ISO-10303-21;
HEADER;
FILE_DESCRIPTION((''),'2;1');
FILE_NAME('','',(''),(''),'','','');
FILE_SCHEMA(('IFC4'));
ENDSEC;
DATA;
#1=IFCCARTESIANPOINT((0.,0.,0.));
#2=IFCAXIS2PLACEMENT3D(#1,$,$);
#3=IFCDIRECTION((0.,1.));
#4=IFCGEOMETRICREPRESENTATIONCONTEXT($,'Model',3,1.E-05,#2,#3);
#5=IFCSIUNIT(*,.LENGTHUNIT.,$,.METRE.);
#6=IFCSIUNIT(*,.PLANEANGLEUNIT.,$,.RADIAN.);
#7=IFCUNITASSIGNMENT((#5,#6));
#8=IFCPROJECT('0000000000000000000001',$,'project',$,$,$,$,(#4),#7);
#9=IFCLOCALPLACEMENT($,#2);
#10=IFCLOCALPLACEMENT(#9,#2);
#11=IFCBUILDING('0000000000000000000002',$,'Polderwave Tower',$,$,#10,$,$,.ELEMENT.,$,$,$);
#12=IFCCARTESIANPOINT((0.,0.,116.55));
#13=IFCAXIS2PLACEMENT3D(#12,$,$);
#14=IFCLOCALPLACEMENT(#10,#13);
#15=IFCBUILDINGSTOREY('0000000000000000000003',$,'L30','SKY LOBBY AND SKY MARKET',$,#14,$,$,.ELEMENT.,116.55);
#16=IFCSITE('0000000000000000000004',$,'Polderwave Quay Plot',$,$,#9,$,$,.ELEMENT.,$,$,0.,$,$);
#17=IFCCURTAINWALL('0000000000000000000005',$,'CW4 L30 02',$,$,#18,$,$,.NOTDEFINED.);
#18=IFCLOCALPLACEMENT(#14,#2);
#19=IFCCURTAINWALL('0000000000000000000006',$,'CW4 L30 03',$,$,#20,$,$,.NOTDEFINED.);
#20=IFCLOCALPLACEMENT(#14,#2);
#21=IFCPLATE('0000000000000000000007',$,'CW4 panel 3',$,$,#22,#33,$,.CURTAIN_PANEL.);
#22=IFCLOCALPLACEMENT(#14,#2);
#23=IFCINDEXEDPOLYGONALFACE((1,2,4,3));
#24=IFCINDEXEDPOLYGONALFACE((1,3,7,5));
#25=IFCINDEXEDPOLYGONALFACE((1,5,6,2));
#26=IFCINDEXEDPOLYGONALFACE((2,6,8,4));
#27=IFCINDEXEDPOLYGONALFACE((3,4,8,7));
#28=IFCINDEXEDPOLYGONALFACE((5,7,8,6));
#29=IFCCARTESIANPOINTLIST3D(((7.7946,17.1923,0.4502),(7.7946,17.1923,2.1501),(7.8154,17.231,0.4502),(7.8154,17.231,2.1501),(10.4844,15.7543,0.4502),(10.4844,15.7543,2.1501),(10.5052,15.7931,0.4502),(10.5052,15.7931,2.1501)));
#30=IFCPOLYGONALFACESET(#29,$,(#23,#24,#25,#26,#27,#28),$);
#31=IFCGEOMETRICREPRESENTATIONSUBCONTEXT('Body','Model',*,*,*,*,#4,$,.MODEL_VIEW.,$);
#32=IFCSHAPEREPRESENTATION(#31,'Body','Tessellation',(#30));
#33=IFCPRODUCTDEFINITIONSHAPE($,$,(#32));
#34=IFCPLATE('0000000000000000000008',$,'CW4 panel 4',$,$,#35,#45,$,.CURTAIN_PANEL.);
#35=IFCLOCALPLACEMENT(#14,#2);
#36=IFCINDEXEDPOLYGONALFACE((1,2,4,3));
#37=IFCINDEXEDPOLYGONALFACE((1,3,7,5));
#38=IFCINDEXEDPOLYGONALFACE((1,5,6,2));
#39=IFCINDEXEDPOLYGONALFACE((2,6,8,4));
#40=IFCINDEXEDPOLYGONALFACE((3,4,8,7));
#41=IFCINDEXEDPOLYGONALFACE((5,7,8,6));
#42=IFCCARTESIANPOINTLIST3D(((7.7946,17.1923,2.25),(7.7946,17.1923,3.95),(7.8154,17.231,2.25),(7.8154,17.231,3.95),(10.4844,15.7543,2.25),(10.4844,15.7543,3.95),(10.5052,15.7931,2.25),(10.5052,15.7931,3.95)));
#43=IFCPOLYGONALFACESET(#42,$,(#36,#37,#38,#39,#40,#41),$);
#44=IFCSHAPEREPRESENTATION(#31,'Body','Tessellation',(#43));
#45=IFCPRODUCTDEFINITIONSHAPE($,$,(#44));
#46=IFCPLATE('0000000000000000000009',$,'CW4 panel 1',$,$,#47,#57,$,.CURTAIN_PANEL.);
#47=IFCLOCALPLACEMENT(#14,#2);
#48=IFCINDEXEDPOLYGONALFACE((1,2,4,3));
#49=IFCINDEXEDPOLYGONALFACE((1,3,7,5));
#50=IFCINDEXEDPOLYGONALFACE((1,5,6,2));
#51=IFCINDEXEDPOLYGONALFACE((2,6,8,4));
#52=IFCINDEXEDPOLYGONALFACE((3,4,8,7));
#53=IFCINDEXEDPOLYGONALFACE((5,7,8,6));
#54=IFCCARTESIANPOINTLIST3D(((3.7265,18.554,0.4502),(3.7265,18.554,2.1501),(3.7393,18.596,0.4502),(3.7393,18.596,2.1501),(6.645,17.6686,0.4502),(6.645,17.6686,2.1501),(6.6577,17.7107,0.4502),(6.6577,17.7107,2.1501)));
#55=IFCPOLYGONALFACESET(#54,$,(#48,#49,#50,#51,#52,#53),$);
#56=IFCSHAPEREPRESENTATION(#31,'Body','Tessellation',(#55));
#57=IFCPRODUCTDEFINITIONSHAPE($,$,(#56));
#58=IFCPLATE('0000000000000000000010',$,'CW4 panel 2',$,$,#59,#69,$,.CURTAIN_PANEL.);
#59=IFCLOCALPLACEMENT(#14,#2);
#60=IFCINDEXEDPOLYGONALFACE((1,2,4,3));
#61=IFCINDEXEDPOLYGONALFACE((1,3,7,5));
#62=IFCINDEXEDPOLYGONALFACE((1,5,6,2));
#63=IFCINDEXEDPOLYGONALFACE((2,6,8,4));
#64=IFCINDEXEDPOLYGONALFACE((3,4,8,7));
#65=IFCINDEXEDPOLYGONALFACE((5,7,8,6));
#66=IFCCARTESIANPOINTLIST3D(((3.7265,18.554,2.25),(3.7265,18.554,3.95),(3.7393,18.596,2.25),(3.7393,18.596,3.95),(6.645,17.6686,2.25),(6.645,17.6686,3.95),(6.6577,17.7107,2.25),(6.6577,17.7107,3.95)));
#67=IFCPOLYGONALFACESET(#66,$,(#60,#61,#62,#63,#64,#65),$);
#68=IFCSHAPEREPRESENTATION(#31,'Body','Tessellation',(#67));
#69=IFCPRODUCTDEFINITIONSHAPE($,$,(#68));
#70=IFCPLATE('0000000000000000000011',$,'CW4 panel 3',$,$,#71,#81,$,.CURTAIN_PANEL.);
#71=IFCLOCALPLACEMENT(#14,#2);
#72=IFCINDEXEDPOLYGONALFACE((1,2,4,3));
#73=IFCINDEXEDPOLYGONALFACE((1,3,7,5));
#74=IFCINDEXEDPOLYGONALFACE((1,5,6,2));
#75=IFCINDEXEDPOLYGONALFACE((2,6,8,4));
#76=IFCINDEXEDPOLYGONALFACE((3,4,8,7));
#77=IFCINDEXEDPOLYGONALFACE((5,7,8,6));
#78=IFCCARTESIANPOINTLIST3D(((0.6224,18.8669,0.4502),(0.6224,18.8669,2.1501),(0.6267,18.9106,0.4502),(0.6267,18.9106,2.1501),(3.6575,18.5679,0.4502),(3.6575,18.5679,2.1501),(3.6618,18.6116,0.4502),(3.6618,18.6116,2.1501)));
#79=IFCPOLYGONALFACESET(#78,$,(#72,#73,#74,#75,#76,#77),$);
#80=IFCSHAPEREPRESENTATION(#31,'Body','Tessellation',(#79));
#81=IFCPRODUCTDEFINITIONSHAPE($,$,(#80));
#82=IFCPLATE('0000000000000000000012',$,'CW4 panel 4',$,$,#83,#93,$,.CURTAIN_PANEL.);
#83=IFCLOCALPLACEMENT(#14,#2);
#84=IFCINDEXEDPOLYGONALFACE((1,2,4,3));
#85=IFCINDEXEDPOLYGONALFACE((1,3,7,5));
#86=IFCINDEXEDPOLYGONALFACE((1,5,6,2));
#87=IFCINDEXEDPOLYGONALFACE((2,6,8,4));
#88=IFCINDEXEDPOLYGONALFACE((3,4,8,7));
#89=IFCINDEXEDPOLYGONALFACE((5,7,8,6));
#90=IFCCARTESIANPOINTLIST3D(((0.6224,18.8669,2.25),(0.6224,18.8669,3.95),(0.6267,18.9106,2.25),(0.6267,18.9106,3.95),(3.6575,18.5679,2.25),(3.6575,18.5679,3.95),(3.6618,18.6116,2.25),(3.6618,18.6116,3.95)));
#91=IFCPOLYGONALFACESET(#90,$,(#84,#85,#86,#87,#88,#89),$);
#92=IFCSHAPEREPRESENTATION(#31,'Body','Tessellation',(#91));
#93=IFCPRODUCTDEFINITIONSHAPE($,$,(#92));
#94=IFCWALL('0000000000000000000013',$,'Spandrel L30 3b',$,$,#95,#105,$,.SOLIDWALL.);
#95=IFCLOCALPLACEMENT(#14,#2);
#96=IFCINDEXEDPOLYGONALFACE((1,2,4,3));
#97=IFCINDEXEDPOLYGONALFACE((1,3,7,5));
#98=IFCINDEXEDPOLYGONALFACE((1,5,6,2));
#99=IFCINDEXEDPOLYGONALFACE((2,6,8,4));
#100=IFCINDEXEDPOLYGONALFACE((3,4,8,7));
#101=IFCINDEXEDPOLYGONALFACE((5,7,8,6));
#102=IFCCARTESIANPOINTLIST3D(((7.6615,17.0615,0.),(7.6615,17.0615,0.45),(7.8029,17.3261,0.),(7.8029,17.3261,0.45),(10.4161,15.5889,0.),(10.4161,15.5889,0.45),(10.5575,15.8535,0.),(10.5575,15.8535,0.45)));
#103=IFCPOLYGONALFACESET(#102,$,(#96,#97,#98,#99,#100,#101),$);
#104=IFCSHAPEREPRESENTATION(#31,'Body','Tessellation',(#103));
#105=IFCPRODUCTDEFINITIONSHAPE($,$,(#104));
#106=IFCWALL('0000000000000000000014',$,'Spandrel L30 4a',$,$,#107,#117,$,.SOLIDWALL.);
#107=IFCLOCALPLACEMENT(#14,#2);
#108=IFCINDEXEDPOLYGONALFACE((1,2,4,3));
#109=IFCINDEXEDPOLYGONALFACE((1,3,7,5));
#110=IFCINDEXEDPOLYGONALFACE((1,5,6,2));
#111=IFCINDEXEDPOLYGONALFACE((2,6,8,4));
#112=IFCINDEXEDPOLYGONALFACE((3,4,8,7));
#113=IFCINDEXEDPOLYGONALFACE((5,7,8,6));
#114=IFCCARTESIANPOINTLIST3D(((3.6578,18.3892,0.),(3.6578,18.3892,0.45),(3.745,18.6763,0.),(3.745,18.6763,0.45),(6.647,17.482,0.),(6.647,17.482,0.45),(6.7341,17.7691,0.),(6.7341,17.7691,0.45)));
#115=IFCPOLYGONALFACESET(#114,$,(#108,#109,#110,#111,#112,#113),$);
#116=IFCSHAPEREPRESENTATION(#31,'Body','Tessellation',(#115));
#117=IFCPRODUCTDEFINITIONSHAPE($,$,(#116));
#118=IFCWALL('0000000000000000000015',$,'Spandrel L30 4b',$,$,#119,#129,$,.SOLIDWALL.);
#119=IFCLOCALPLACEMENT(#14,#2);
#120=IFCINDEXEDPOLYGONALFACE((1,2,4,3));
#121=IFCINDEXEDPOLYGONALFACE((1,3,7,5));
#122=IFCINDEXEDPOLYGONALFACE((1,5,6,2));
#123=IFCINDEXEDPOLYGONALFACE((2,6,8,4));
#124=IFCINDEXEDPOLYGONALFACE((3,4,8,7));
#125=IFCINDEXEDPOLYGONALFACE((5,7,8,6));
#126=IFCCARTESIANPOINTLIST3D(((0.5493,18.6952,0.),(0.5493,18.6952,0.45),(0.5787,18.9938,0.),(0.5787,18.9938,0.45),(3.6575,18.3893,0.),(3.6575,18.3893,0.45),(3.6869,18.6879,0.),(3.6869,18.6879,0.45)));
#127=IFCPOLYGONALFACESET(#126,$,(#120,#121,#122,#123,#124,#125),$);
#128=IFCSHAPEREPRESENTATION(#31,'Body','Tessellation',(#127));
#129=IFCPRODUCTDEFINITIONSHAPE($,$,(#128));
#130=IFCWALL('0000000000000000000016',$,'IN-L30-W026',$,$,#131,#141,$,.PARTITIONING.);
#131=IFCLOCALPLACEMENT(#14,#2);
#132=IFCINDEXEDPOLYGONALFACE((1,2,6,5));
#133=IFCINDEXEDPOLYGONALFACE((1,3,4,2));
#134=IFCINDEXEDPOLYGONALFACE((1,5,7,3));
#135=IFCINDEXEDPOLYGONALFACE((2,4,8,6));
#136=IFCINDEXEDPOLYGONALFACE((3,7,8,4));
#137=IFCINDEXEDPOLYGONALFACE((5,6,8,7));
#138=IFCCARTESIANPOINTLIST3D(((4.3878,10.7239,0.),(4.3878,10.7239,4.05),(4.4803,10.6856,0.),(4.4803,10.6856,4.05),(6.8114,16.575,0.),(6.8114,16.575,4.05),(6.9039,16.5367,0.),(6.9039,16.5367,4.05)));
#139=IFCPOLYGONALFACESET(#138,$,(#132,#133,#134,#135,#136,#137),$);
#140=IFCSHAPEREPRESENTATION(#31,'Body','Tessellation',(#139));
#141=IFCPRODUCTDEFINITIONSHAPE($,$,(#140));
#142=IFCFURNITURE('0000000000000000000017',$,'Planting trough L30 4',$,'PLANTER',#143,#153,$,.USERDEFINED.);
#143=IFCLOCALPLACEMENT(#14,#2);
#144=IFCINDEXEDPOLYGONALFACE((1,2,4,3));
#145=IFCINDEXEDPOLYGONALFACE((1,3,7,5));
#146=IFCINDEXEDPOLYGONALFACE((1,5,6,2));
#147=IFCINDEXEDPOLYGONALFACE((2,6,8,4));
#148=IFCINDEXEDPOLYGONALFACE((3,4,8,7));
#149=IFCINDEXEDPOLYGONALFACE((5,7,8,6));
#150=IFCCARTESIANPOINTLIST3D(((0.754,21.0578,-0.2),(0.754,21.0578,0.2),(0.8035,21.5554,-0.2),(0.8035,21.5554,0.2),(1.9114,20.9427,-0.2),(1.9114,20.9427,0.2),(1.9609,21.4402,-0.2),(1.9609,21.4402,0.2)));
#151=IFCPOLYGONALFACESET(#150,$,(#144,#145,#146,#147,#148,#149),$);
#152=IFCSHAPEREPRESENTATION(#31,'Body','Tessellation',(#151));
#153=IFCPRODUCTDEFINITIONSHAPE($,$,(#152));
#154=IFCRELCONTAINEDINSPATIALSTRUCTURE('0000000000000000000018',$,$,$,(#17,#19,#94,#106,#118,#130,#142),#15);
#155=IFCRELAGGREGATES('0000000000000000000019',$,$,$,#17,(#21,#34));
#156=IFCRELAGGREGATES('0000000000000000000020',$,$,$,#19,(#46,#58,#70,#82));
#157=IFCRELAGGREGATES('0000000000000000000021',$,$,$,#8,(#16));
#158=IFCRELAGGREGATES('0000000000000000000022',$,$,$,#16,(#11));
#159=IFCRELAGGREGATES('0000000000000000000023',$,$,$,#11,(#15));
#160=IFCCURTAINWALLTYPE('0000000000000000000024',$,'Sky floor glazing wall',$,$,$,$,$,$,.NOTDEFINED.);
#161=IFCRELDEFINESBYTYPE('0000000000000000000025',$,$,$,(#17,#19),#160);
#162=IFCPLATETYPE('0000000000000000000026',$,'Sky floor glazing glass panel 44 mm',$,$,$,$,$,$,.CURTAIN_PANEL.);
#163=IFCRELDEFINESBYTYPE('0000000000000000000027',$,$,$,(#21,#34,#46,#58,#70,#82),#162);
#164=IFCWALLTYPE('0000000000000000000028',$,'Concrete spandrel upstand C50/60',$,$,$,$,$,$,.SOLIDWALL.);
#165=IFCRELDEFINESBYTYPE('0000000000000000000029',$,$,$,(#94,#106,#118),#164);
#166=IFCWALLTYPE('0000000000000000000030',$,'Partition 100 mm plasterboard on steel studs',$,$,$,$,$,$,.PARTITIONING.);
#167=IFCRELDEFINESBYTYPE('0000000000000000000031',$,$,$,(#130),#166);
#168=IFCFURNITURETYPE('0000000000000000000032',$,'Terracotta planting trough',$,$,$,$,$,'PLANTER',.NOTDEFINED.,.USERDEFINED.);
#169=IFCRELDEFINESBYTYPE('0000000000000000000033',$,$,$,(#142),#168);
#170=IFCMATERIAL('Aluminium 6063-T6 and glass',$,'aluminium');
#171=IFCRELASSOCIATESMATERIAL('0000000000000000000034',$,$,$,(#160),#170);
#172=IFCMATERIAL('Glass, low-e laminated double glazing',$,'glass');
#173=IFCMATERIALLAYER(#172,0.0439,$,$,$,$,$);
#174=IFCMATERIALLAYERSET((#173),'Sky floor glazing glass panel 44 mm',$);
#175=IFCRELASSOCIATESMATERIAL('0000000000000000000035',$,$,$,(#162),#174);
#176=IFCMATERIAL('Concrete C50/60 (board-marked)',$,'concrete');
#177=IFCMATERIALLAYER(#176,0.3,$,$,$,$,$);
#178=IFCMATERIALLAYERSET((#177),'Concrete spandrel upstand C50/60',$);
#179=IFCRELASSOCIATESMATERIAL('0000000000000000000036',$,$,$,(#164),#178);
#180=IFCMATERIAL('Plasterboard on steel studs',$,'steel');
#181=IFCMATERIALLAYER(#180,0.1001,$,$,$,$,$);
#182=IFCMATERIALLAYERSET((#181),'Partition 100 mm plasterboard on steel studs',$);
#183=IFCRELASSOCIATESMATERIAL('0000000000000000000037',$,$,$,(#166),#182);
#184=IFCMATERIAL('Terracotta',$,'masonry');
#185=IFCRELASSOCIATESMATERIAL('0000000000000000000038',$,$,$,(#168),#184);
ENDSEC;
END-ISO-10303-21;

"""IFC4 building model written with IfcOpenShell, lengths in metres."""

from ifc_helpers import new_model, si_unit, direction, frame, frame_2d, origin, origin_2d, place, context, subcontext, project, spatial, rectangle, extrude, material, layer, layer_set, type_object, element, aggregate, save


model = new_model("IFC4")

# Units and contexts
model_context = context("Model", 3, precision=1e-05, world=origin(), true_north=direction((0.0, 1.0)))
body_context = subcontext(model_context, "Body", "Model", "MODEL_VIEW")
ifc_project = project(units=[si_unit("LENGTHUNIT", "METRE"), si_unit("PLANEANGLEUNIT", "RADIAN")], contexts=[model_context])

# Site, building, storey
site_placement = place(None, origin())
site = spatial("IfcSite", under=ifc_project, at=site_placement, Name="Polderwave Quay Plot", CompositionType="ELEMENT", RefElevation=0.0)
building_placement = place(site_placement, origin())
building = spatial("IfcBuilding", under=site, at=building_placement, Name="Polderwave Tower", CompositionType="ELEMENT")
storey_placement = place(building_placement, frame((0.0, 0.0, 116.55)))
storey = spatial("IfcBuildingStorey", under=building, at=storey_placement, Name="L30", Description="SKY LOBBY AND SKY MARKET", CompositionType="ELEMENT", Elevation=116.55)

# Curtain wall
ifc_material_1 = material(Name="Aluminium 6063-T6 and glass", Category="aluminium")
curtain_wall_type = type_object("IfcCurtainWallType", Name="Sky floor glazing wall", PredefinedType="NOTDEFINED", material=ifc_material_1)
curtain_wall_1_placement = place(storey_placement, origin())
curtain_wall_1 = element("IfcCurtainWall", 1, at=curtain_wall_1_placement, inside=storey, type_object=curtain_wall_type, Name="CW4 L30 02", PredefinedType="NOTDEFINED")

# Curtain wall
curtain_wall_2_placement = place(storey_placement, origin())
curtain_wall_2 = element("IfcCurtainWall", 2, at=curtain_wall_2_placement, inside=storey, type_object=curtain_wall_type, Name="CW4 L30 03", PredefinedType="NOTDEFINED")

# Plates
ifc_material_2 = material(Name="Glass, low-e laminated double glazing", Category="glass")
ifc_layer_1 = layer(ifc_material_2, 0.0439)
ifc_layer_set_1 = layer_set([ifc_layer_1], Name="Sky floor glazing glass panel 44 mm")
plate_type = type_object("IfcPlateType", Name="Sky floor glazing glass panel 44 mm", PredefinedType="CURTAIN_PANEL", material=ifc_layer_set_1)
plate_1_placement = place(storey_placement, frame((9.1499, 16.4927, 0.4502), z_axis=(0.0, 0.0, 1.0), x_axis=(-0.881888, 0.471458, 0.0)))
plate_1 = element("IfcPlate", 3, at=plate_1_placement, type_object=plate_type, Name="CW4 panel 3", PredefinedType="CURTAIN_PANEL", context=body_context, shape_type="SweptSolid", body=[
    extrude(rectangle(XDim=3.05, YDim=0.0439, at=origin_2d()), origin(), (0.0, 0.0, 1.0), 1.7),
])
plate_2_placement = place(storey_placement, frame((9.1499, 16.4927, 2.25), z_axis=(0.0, 0.0, 1.0), x_axis=(-0.881888, 0.471458, 0.0)))
plate_2 = element("IfcPlate", 4, at=plate_2_placement, type_object=plate_type, Name="CW4 panel 4", PredefinedType="CURTAIN_PANEL", context=body_context, shape_type="SweptSolid", body=[
    extrude(rectangle(XDim=3.05, YDim=0.0439, at=origin_2d()), origin(), (0.0, 0.0, 1.0), 1.7),
])
aggregate(curtain_wall_1, [plate_1, plate_2])
plate_3_placement = place(storey_placement, frame((5.1921, 18.1323, 0.4502), z_axis=(0.0, 0.0, 1.0), x_axis=(-0.956934, 0.290306, 0.0)))
plate_3 = element("IfcPlate", 5, at=plate_3_placement, type_object=plate_type, Name="CW4 panel 1", PredefinedType="CURTAIN_PANEL", context=body_context, shape_type="SweptSolid", body=[
    extrude(rectangle(XDim=3.0498, YDim=0.0439, at=origin_2d()), origin(), (0.0, 0.0, 1.0), 1.7),
])
plate_4_placement = place(storey_placement, frame((5.1921, 18.1323, 2.25), z_axis=(0.0, 0.0, 1.0), x_axis=(-0.956934, 0.290306, 0.0)))
plate_4 = element("IfcPlate", 6, at=plate_4_placement, type_object=plate_type, Name="CW4 panel 2", PredefinedType="CURTAIN_PANEL", context=body_context, shape_type="SweptSolid", body=[
    extrude(rectangle(XDim=3.0498, YDim=0.0439, at=origin_2d()), origin(), (0.0, 0.0, 1.0), 1.7),
])
plate_5_placement = place(storey_placement, frame((2.1421, 18.7393, 0.4502), z_axis=(0.0, 0.0, 1.0), x_axis=(-0.995183, 0.098033, 0.0)))
plate_5 = element("IfcPlate", 7, at=plate_5_placement, type_object=plate_type, Name="CW4 panel 3", PredefinedType="CURTAIN_PANEL", context=body_context, shape_type="SweptSolid", body=[
    extrude(rectangle(XDim=3.0498, YDim=0.0439, at=origin_2d()), origin(), (0.0, 0.0, 1.0), 1.7),
])
plate_6_placement = place(storey_placement, frame((2.1421, 18.7393, 2.25), z_axis=(0.0, 0.0, 1.0), x_axis=(-0.995183, 0.098033, 0.0)))
plate_6 = element("IfcPlate", 8, at=plate_6_placement, type_object=plate_type, Name="CW4 panel 4", PredefinedType="CURTAIN_PANEL", context=body_context, shape_type="SweptSolid", body=[
    extrude(rectangle(XDim=3.0498, YDim=0.0439, at=origin_2d()), origin(), (0.0, 0.0, 1.0), 1.7),
])
aggregate(curtain_wall_2, [plate_3, plate_4, plate_5, plate_6])

# Walls
ifc_material_3 = material(Name="Concrete C50/60 (board-marked)", Category="concrete")
ifc_layer_2 = layer(ifc_material_3, 0.3)
ifc_layer_set_2 = layer_set([ifc_layer_2], Name="Concrete spandrel upstand C50/60")
wall_type_1 = type_object("IfcWallType", Name="Concrete spandrel upstand C50/60", PredefinedType="SOLIDWALL", material=ifc_layer_set_2)
wall_1_placement = place(storey_placement, frame((10.4868, 15.7212, 0.0), z_axis=(0.0, 0.0, 1.0), x_axis=(-0.881885, 0.471464, 0.0)))
element("IfcWall", 9, at=wall_1_placement, inside=storey, type_object=wall_type_1, Name="Spandrel L30 3b", PredefinedType="SOLIDWALL", context=body_context, shape_type="SweptSolid", body=[
    extrude(rectangle(XDim=3.1235, YDim=0.3, at=frame_2d((1.5618, 0.0))), origin(), (0.0, 0.0, 1.0), 0.45),
])
wall_2_placement = place(storey_placement, frame((6.6907, 17.6255, 0.0), z_axis=(0.0, 0.0, 1.0), x_axis=(-0.956901, 0.290415, 0.0)))
element("IfcWall", 10, at=wall_2_placement, inside=storey, type_object=wall_type_1, Name="Spandrel L30 4a", PredefinedType="SOLIDWALL", context=body_context, shape_type="SweptSolid", body=[
    extrude(rectangle(XDim=3.1238, YDim=0.3, at=frame_2d((1.562, 0.0))), origin(), (0.0, 0.0, 1.0), 0.45),
])
wall_3_placement = place(storey_placement, frame((3.6721, 18.5386, 0.0), z_axis=(0.0, 0.0, 1.0), x_axis=(-0.995192, 0.097948, 0.0)))
element("IfcWall", 11, at=wall_3_placement, inside=storey, type_object=wall_type_1, Name="Spandrel L30 4b", PredefinedType="SOLIDWALL", context=body_context, shape_type="SweptSolid", body=[
    extrude(rectangle(XDim=3.1233, YDim=0.3, at=frame_2d((1.5615, 0.0))), origin(), (0.0, 0.0, 1.0), 0.45),
])
ifc_material_4 = material(Name="Plasterboard on steel studs", Category="steel")
ifc_layer_3 = layer(ifc_material_4, 0.1001)
ifc_layer_set_3 = layer_set([ifc_layer_3], Name="Partition 100 mm plasterboard on steel studs")
wall_type_2 = type_object("IfcWallType", Name="Partition 100 mm plasterboard on steel studs", PredefinedType="PARTITIONING", material=ifc_layer_set_3)
wall_4_placement = place(storey_placement, frame((4.4341, 10.7048, 0.0), z_axis=(0.0, 0.0, 1.0), x_axis=(0.382682, 0.92388, 0.0)))
element("IfcWall", 12, at=wall_4_placement, inside=storey, type_object=wall_type_2, Name="IN-L30-W026", PredefinedType="PARTITIONING", context=body_context, shape_type="SweptSolid", body=[
    extrude(rectangle(XDim=6.3333, YDim=0.1001, at=frame_2d((3.1665, 0.0))), origin(), (0.0, 0.0, 1.0), 4.05),
])

# Furniture
ifc_material_5 = material(Name="Terracotta", Category="masonry")
furniture_type = type_object("IfcFurnitureType", Name="Terracotta planting trough", ElementType="PLANTER", AssemblyPlace="NOTDEFINED", PredefinedType="USERDEFINED", material=ifc_material_5)
furniture_placement = place(storey_placement, frame((1.3574, 21.249, -0.2), z_axis=(0.0, 0.0, 1.0), x_axis=(-0.995086, 0.099014, 0.0)))
element("IfcFurniture", 13, at=furniture_placement, inside=storey, type_object=furniture_type, Name="Planting trough L30 4", ObjectType="PLANTER", PredefinedType="USERDEFINED", context=body_context, shape_type="SweptSolid", body=[
    extrude(rectangle(XDim=1.1631, YDim=0.5, at=origin_2d()), origin(), (0.0, 0.0, 1.0), 0.3999),
])

save(model, "model.ifc")
